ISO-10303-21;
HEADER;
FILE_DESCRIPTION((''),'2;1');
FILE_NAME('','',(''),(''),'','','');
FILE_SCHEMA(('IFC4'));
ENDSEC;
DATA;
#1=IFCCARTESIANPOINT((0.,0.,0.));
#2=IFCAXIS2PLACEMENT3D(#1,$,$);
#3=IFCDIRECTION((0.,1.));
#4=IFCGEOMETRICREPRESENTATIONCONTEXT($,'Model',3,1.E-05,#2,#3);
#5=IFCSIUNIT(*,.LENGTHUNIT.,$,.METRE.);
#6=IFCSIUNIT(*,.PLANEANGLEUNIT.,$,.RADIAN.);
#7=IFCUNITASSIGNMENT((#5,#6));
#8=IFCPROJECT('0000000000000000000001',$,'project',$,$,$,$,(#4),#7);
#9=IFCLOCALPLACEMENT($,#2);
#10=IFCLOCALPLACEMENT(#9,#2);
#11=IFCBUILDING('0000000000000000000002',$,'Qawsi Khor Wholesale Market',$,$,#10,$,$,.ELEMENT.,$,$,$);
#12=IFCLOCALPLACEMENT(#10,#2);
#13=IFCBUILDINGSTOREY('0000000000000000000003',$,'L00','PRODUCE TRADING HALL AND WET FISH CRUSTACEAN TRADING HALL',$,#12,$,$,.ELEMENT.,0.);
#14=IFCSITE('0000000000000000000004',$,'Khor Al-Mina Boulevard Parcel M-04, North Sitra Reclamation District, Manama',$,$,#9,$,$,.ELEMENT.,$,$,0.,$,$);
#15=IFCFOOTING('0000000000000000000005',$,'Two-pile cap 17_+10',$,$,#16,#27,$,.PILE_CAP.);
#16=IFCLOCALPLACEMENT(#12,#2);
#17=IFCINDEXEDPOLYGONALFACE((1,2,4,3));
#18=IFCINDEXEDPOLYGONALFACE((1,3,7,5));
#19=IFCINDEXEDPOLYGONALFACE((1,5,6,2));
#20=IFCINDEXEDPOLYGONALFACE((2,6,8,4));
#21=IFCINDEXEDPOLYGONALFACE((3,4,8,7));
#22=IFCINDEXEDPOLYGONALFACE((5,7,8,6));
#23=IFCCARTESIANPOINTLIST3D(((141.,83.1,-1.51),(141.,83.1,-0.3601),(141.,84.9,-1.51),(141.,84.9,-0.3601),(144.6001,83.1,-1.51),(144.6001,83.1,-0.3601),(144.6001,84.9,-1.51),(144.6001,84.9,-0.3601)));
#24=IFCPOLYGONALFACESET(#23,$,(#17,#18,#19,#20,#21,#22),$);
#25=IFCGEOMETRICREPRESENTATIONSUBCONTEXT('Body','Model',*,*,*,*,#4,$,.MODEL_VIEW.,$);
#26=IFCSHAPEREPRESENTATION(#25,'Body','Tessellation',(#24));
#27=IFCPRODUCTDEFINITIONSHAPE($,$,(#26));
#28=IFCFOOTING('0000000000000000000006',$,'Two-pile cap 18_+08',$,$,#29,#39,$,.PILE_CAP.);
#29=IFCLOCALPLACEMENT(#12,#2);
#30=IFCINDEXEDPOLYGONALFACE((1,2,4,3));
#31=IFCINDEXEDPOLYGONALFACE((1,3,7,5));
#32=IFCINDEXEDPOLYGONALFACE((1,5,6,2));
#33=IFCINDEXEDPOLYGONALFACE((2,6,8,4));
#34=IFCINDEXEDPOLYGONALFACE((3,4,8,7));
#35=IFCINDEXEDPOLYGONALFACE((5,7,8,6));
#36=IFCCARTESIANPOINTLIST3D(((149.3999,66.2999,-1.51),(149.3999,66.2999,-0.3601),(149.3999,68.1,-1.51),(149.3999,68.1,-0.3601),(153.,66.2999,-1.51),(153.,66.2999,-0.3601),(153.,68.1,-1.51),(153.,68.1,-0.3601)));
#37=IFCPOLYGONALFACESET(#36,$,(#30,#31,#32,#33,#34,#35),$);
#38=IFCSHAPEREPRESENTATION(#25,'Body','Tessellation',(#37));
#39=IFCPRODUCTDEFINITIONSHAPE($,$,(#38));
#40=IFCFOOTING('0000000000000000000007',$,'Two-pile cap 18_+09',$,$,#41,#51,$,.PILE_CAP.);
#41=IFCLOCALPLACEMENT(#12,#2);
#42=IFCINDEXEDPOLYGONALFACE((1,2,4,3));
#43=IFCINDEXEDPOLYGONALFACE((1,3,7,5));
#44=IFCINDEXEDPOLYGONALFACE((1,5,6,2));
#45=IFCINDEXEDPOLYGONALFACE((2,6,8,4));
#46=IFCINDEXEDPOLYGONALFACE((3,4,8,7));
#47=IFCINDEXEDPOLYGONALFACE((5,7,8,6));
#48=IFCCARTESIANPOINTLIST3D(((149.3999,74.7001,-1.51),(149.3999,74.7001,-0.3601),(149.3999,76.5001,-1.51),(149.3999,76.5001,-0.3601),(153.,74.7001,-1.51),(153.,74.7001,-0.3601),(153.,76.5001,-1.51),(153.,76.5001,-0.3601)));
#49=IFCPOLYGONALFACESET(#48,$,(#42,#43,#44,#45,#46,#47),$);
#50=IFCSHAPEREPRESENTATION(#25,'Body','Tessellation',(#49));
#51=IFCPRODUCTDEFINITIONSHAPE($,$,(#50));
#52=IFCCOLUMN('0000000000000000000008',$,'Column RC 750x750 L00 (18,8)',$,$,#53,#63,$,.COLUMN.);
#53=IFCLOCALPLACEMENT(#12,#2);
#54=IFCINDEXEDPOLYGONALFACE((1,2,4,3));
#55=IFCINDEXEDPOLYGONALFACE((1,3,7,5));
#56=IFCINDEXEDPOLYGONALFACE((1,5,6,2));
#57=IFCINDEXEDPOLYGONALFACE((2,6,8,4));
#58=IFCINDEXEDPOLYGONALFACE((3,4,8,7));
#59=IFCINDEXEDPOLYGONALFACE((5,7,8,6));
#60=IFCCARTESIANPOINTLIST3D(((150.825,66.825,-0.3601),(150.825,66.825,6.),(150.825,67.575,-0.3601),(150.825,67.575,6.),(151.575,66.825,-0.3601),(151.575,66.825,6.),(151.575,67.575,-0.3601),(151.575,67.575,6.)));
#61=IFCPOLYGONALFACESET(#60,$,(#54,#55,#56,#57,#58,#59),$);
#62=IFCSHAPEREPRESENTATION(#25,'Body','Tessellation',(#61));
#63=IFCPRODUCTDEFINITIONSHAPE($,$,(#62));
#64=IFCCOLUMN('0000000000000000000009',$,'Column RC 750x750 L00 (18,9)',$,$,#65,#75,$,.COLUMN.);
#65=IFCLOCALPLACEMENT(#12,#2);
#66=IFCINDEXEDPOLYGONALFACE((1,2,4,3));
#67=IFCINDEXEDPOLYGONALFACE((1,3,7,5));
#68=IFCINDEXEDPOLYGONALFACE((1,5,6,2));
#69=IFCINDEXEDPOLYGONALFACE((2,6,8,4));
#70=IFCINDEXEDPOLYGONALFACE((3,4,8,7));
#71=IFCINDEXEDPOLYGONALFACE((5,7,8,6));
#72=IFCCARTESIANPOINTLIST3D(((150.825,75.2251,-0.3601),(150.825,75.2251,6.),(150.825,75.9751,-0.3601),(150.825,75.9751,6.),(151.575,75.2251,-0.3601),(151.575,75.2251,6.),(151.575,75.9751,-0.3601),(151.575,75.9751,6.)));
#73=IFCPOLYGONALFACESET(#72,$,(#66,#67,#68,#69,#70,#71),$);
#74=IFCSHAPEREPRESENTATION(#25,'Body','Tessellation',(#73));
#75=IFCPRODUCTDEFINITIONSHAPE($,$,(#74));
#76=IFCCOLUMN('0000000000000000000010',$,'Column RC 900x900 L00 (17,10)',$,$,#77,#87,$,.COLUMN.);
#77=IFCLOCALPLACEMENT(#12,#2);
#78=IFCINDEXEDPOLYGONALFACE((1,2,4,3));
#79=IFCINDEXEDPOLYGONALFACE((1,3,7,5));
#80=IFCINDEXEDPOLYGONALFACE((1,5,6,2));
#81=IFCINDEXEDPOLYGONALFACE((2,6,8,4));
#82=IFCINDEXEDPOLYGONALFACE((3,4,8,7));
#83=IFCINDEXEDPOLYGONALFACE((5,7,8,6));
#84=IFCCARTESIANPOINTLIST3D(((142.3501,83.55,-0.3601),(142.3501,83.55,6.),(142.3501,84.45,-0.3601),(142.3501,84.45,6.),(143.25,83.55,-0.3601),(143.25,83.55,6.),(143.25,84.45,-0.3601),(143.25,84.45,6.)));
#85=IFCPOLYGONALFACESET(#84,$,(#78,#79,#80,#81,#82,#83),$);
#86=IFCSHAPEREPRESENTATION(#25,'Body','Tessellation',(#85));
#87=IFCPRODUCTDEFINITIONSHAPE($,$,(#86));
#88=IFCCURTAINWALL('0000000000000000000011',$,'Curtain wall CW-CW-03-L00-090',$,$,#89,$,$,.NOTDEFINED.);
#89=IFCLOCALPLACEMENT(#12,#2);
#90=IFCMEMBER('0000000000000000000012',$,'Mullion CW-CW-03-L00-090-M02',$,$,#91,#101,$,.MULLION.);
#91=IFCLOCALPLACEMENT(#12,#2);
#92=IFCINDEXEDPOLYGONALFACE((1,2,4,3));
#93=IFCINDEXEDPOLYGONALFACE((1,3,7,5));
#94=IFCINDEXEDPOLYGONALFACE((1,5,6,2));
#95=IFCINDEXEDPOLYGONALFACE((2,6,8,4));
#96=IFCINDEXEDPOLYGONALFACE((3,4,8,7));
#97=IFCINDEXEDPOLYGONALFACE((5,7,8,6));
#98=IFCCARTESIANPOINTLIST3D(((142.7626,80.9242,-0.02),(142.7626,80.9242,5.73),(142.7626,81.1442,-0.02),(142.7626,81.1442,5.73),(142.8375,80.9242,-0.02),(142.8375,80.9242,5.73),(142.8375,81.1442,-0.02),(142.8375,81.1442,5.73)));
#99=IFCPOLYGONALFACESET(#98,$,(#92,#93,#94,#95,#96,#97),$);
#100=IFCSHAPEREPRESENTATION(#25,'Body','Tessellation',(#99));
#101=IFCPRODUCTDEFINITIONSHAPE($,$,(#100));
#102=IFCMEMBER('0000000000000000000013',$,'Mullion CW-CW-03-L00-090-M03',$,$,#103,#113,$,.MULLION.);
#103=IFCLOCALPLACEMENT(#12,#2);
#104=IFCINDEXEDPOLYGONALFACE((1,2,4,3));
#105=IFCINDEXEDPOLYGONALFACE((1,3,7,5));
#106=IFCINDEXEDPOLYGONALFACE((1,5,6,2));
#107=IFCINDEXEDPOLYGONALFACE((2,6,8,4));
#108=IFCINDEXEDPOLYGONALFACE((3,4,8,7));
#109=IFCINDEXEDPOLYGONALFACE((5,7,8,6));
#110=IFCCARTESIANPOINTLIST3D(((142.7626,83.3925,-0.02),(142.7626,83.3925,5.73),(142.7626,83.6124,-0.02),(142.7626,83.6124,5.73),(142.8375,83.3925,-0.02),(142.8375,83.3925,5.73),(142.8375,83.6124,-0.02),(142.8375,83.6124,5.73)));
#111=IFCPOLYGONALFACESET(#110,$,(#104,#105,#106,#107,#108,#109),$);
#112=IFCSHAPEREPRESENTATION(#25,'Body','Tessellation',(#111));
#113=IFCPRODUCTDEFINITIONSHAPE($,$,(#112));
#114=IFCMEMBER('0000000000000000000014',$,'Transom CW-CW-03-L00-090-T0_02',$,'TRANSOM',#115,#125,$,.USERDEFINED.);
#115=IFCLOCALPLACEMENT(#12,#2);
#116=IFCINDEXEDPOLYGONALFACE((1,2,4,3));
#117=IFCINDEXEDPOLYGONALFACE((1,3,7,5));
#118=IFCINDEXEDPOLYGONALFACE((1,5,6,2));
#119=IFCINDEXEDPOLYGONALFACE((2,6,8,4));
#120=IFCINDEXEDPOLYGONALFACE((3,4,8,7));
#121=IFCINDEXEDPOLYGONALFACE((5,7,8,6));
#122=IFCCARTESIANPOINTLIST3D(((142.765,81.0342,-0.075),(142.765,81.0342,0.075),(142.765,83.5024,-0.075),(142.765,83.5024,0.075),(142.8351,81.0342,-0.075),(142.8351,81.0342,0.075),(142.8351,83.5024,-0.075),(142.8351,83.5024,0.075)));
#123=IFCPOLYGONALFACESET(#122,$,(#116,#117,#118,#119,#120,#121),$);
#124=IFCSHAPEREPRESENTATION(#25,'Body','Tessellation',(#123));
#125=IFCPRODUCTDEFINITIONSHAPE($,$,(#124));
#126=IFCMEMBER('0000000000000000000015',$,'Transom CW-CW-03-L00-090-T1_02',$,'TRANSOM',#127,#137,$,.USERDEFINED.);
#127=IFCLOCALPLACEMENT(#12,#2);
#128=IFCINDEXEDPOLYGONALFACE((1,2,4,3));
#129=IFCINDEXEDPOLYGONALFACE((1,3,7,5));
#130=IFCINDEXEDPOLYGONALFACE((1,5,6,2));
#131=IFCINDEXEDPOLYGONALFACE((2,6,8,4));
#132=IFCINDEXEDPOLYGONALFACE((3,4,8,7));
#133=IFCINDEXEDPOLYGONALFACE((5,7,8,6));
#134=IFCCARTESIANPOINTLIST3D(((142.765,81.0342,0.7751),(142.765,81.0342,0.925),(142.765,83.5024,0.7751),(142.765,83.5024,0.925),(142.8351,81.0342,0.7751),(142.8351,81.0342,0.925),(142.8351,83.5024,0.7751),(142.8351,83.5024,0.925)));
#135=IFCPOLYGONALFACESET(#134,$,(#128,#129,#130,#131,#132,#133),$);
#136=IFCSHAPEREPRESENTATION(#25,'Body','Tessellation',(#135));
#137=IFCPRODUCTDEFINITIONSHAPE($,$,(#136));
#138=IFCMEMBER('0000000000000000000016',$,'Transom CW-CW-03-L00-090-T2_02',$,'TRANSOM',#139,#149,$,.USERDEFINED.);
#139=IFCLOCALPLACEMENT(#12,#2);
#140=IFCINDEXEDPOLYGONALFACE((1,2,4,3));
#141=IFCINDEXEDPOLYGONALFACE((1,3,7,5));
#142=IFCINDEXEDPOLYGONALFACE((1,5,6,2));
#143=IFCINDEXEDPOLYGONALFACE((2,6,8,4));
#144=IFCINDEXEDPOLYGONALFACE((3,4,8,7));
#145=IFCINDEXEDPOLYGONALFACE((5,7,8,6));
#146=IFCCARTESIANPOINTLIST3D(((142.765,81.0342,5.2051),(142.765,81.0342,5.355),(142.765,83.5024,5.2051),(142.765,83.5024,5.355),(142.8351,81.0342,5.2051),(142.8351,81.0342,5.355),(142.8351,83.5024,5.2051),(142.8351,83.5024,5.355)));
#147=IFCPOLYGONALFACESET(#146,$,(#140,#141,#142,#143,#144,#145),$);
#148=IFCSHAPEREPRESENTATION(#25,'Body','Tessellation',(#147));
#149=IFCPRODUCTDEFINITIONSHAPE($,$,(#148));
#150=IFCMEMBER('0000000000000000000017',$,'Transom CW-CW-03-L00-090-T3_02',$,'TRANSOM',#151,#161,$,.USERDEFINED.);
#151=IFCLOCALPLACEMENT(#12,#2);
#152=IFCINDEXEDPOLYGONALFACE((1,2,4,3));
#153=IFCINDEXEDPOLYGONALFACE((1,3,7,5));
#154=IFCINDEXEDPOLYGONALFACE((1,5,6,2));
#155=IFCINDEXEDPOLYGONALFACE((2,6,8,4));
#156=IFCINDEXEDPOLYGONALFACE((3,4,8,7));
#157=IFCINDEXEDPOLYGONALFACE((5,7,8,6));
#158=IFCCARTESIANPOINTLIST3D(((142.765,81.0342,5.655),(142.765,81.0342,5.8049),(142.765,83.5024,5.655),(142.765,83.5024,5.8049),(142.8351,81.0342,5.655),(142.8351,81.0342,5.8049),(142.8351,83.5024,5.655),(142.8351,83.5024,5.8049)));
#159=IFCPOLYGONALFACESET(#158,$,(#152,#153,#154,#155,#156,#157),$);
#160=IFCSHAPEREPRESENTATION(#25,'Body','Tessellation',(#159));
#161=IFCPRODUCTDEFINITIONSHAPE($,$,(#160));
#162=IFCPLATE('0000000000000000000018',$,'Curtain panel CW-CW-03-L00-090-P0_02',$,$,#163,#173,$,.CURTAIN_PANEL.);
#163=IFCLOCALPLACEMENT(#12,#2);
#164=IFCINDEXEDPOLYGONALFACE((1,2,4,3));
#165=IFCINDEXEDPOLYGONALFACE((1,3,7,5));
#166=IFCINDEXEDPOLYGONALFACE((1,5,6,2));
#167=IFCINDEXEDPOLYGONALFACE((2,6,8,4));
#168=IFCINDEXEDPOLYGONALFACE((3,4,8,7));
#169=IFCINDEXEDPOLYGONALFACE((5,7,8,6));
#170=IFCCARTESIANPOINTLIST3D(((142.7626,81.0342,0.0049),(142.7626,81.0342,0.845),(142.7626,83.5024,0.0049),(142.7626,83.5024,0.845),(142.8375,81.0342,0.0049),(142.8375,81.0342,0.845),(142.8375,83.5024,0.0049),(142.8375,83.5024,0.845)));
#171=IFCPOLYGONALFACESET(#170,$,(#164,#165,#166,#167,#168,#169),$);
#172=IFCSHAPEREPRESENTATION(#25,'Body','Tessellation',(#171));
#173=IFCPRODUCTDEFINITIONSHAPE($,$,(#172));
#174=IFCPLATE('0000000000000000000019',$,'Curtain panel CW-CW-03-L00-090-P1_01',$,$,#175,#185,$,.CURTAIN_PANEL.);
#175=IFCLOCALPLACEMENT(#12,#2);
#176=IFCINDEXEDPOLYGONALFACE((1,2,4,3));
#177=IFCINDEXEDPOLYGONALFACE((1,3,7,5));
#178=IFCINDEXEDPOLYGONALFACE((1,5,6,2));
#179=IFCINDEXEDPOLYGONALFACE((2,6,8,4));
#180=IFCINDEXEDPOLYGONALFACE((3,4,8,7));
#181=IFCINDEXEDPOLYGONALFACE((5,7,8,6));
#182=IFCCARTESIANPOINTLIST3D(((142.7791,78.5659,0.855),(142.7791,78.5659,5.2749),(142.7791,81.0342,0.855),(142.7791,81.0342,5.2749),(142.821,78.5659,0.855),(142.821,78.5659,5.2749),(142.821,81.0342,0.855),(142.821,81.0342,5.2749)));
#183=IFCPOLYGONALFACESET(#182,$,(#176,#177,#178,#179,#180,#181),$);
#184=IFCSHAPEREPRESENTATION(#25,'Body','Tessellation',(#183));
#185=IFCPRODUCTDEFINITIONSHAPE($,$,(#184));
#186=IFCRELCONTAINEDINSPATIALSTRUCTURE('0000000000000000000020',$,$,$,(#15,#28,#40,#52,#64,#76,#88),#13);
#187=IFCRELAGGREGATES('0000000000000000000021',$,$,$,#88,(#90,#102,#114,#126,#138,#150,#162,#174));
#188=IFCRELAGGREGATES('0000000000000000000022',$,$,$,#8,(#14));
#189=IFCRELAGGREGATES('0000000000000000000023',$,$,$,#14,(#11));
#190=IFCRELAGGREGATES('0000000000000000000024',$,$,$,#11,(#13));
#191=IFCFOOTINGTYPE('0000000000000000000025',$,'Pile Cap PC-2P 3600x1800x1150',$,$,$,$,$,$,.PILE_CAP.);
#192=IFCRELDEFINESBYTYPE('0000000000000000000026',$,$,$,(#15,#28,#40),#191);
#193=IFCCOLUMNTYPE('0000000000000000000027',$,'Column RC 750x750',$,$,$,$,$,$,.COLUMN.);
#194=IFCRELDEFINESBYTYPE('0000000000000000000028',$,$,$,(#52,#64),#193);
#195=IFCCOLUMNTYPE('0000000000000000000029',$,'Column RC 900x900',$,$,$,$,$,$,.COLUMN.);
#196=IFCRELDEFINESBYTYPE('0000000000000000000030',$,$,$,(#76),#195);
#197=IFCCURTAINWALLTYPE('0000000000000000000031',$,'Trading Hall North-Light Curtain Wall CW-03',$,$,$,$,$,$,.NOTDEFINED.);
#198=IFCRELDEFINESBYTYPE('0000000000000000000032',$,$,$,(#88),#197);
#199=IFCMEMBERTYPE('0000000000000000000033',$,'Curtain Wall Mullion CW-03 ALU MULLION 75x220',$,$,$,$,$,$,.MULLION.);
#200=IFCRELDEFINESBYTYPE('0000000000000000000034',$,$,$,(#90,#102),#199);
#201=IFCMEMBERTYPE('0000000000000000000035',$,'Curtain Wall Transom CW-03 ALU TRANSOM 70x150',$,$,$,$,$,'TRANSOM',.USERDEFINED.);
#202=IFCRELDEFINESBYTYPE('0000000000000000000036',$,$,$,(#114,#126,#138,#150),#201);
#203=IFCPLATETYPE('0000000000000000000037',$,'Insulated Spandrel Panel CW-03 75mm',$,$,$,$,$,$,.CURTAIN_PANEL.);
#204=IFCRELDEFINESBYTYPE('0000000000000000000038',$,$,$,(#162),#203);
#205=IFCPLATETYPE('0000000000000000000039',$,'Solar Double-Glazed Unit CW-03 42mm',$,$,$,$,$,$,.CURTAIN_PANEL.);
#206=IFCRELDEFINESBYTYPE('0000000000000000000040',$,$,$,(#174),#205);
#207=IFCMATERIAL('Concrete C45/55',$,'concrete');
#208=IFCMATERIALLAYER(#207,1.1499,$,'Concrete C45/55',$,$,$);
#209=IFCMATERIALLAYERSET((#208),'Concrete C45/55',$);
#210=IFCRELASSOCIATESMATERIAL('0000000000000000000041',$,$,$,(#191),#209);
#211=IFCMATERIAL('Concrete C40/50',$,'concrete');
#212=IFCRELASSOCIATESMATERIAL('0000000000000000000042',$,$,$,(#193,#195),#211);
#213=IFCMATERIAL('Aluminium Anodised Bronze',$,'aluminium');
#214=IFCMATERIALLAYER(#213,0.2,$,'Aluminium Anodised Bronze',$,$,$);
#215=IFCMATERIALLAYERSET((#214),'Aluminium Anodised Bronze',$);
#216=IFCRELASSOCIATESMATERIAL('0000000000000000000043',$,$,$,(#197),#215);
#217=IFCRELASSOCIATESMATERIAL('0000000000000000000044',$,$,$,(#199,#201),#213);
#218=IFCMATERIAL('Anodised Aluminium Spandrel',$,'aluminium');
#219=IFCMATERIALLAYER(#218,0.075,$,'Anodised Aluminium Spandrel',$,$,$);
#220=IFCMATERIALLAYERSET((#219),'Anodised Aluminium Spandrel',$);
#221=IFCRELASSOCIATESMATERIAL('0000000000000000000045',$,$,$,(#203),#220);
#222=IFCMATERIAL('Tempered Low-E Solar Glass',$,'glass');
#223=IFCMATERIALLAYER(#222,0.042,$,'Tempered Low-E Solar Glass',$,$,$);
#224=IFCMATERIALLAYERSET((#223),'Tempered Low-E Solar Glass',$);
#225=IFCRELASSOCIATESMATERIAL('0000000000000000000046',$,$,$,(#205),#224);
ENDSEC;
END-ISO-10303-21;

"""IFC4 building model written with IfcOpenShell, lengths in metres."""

from ifc_helpers import new_model, si_unit, direction, frame, frame_2d, origin, origin_2d, place, context, subcontext, project, spatial, rectangle, extrude, material, layer, layer_set, material_profile, profile_set, type_object, element, aggregate, save


model = new_model("IFC4")

# Units and contexts
model_context = context("Model", 3, precision=1e-05, world=origin(), true_north=direction((0.0, 1.0)))
body_context = subcontext(model_context, "Body", "Model", "MODEL_VIEW")
ifc_project = project(units=[si_unit("LENGTHUNIT", "METRE"), si_unit("PLANEANGLEUNIT", "RADIAN")], contexts=[model_context])

# Site, building, storey
site_placement = place(None, origin())
site = spatial("IfcSite", under=ifc_project, at=site_placement, Name="Khor Al-Mina Boulevard Parcel M-04, North Sitra Reclamation District, Manama", CompositionType="ELEMENT", RefElevation=0.0)
building_placement = place(site_placement, origin())
building = spatial("IfcBuilding", under=site, at=building_placement, Name="Qawsi Khor Wholesale Market", CompositionType="ELEMENT")
storey_placement = place(building_placement, origin())
storey = spatial("IfcBuildingStorey", under=building, at=storey_placement, Name="L00", Description="PRODUCE TRADING HALL AND WET FISH CRUSTACEAN TRADING HALL", CompositionType="ELEMENT", Elevation=0.0)

# Shared definitions
ifc_material_1 = material(Name="Concrete C45/55", Category="concrete")

# Footings
ifc_layer_1 = layer(ifc_material_1, 1.1499, Name="Concrete C45/55")
ifc_layer_set_1 = layer_set([ifc_layer_1], Name="Concrete C45/55")
footing_type_1 = type_object("IfcFootingType", Name="Pile Cap PC-2P 3600x1800x1150", PredefinedType="PILE_CAP", material=ifc_layer_set_1)
for number, where, z_axis, x_axis, name in (
    (1, (142.8, 84.0, -1.51), (0.0, 0.0, 1.0), (1.0, 0.0, 0.0), "Two-pile cap 17_+10"),
    (2, (151.2, 67.2, -1.51), (0.0, 0.0, 1.0), (1.0, 0.0, 0.0), "Two-pile cap 18_+08"),
    (3, (151.2, 75.6001, -1.51), (0.0, 0.0, 1.0), (1.0, 0.0, 0.0), "Two-pile cap 18_+09"),
):
    element("IfcFooting", number, at=place(storey_placement, frame(where, z_axis=z_axis, x_axis=x_axis)), inside=storey, type_object=footing_type_1, Name=name, PredefinedType="PILE_CAP", context=body_context, shape_type="SweptSolid", body=[
        extrude(rectangle(XDim=3.6001, YDim=1.8, at=origin_2d()), origin(), (0.0, 0.0, 1.0), 1.1499),
    ])

# Columns
ifc_material_2 = material(Name="Concrete C40/50", Category="concrete")
ifc_material_profile_1 = material_profile(ifc_material_2, rectangle(XDim=0.75, YDim=0.75, at=origin_2d()), Name="RC 750x750")
ifc_profile_set_1 = profile_set([ifc_material_profile_1], Name="Concrete C40/50")
column_type_1 = type_object("IfcColumnType", Name="Column RC 750x750", PredefinedType="COLUMN", material=ifc_profile_set_1)
for number, where, z_axis, x_axis, name in (
    (4, (151.2, 67.2, -0.3601), (0.0, 0.0, 1.0), (1.0, 0.0, 0.0), "Column RC 750x750 L00 (18,8)"),
    (5, (151.2, 75.6001, -0.3601), (0.0, 0.0, 1.0), (1.0, 0.0, 0.0), "Column RC 750x750 L00 (18,9)"),
):
    element("IfcColumn", number, at=place(storey_placement, frame(where, z_axis=z_axis, x_axis=x_axis)), inside=storey, type_object=column_type_1, Name=name, PredefinedType="COLUMN", context=body_context, shape_type="SweptSolid", body=[
        extrude(rectangle(XDim=0.75, YDim=0.75, at=origin_2d()), origin(), (0.0, 0.0, 1.0), 6.3601),
    ])
ifc_material_profile_2 = material_profile(ifc_material_2, rectangle(XDim=0.8999, YDim=0.8999, at=origin_2d()), Name="RC 900x900")
ifc_profile_set_2 = profile_set([ifc_material_profile_2], Name="Concrete C40/50")
column_type_2 = type_object("IfcColumnType", Name="Column RC 900x900", PredefinedType="COLUMN", material=ifc_profile_set_2)
column_placement = place(storey_placement, frame((142.8, 84.0, -0.3601), z_axis=(0.0, 0.0, 1.0), x_axis=(1.0, 0.0, 0.0)))
element("IfcColumn", 6, at=column_placement, inside=storey, type_object=column_type_2, Name="Column RC 900x900 L00 (17,10)", PredefinedType="COLUMN", context=body_context, shape_type="SweptSolid", body=[
    extrude(rectangle(XDim=0.8999, YDim=0.8999, at=origin_2d()), origin(), (0.0, 0.0, 1.0), 6.3601),
])

# Curtain wall, members, plates
ifc_material_3 = material(Name="Aluminium Anodised Bronze", Category="aluminium")
ifc_layer_2 = layer(ifc_material_3, 0.2, Name="Aluminium Anodised Bronze")
ifc_layer_set_2 = layer_set([ifc_layer_2], Name="Aluminium Anodised Bronze")
curtain_wall_type = type_object("IfcCurtainWallType", Name="Trading Hall North-Light Curtain Wall CW-03", PredefinedType="NOTDEFINED", material=ifc_layer_set_2)
curtain_wall_placement = place(storey_placement, origin())
curtain_wall = element("IfcCurtainWall", 7, at=curtain_wall_placement, inside=storey, type_object=curtain_wall_type, Name="Curtain wall CW-CW-03-L00-090", PredefinedType="NOTDEFINED")
ifc_material_profile_3 = material_profile(ifc_material_3, rectangle(XDim=0.075, YDim=0.22, at=origin_2d()), Name="ALU MULLION 75x220")
ifc_profile_set_3 = profile_set([ifc_material_profile_3], Name="Aluminium Anodised Bronze")
member_type_1 = type_object("IfcMemberType", Name="Curtain Wall Mullion CW-03 ALU MULLION 75x220", PredefinedType="MULLION", material=ifc_profile_set_3)
member_1_placement = place(storey_placement, frame((142.8, 81.0342, -0.02), z_axis=(0.0, 0.0, 1.0), x_axis=(1.0, 0.0, 0.0)))
member_1 = element("IfcMember", 8, at=member_1_placement, type_object=member_type_1, Name="Mullion CW-CW-03-L00-090-M02", PredefinedType="MULLION", context=body_context, shape_type="SweptSolid", body=[
    extrude(rectangle(XDim=0.075, YDim=0.22, at=origin_2d()), origin(), (0.0, 0.0, 1.0), 5.75),
])
member_2_placement = place(storey_placement, frame((142.8, 83.5024, -0.02), z_axis=(0.0, 0.0, 1.0), x_axis=(1.0, 0.0, 0.0)))
member_2 = element("IfcMember", 9, at=member_2_placement, type_object=member_type_1, Name="Mullion CW-CW-03-L00-090-M03", PredefinedType="MULLION", context=body_context, shape_type="SweptSolid", body=[
    extrude(rectangle(XDim=0.075, YDim=0.22, at=origin_2d()), origin(), (0.0, 0.0, 1.0), 5.75),
])
ifc_material_profile_4 = material_profile(ifc_material_3, rectangle(XDim=0.0701, YDim=0.1499, at=origin_2d()), Name="ALU TRANSOM 70x150")
ifc_profile_set_4 = profile_set([ifc_material_profile_4], Name="Aluminium Anodised Bronze")
member_type_2 = type_object("IfcMemberType", Name="Curtain Wall Transom CW-03 ALU TRANSOM 70x150", ElementType="TRANSOM", PredefinedType="USERDEFINED", material=ifc_profile_set_4)
member_3_placement = place(storey_placement, frame((142.8, 81.0342, 0.0), z_axis=(0.0, 1.0, 0.0), x_axis=(-1.0, 0.0, 0.0)))
member_3 = element("IfcMember", 10, at=member_3_placement, type_object=member_type_2, Name="Transom CW-CW-03-L00-090-T0_02", ObjectType="TRANSOM", PredefinedType="USERDEFINED", context=body_context, shape_type="SweptSolid", body=[
    extrude(rectangle(XDim=0.0701, YDim=0.1499, at=origin_2d()), origin(), (0.0, 0.0, 1.0), 2.4683),
])
member_4_placement = place(storey_placement, frame((142.8, 81.0342, 0.8501), z_axis=(0.0, 1.0, 0.0), x_axis=(-1.0, 0.0, 0.0)))
member_4 = element("IfcMember", 11, at=member_4_placement, type_object=member_type_2, Name="Transom CW-CW-03-L00-090-T1_02", ObjectType="TRANSOM", PredefinedType="USERDEFINED", context=body_context, shape_type="SweptSolid", body=[
    extrude(rectangle(XDim=0.0701, YDim=0.1499, at=origin_2d()), origin(), (0.0, 0.0, 1.0), 2.4683),
])
member_5_placement = place(storey_placement, frame((142.8, 81.0342, 5.28), z_axis=(0.0, 1.0, 0.0), x_axis=(-1.0, 0.0, 0.0)))
member_5 = element("IfcMember", 12, at=member_5_placement, type_object=member_type_2, Name="Transom CW-CW-03-L00-090-T2_02", ObjectType="TRANSOM", PredefinedType="USERDEFINED", context=body_context, shape_type="SweptSolid", body=[
    extrude(rectangle(XDim=0.0701, YDim=0.1499, at=origin_2d()), origin(), (0.0, 0.0, 1.0), 2.4683),
])
member_6_placement = place(storey_placement, frame((142.8, 81.0342, 5.73), z_axis=(0.0, 1.0, 0.0), x_axis=(-1.0, 0.0, 0.0)))
member_6 = element("IfcMember", 13, at=member_6_placement, type_object=member_type_2, Name="Transom CW-CW-03-L00-090-T3_02", ObjectType="TRANSOM", PredefinedType="USERDEFINED", context=body_context, shape_type="SweptSolid", body=[
    extrude(rectangle(XDim=0.0701, YDim=0.1499, at=origin_2d()), origin(), (0.0, 0.0, 1.0), 2.4683),
])
ifc_material_4 = material(Name="Anodised Aluminium Spandrel", Category="aluminium")
ifc_layer_3 = layer(ifc_material_4, 0.075, Name="Anodised Aluminium Spandrel")
ifc_layer_set_3 = layer_set([ifc_layer_3], Name="Anodised Aluminium Spandrel")
plate_type_1 = type_object("IfcPlateType", Name="Insulated Spandrel Panel CW-03 75mm", PredefinedType="CURTAIN_PANEL", material=ifc_layer_set_3)
plate_1_placement = place(storey_placement, frame((142.8, 81.0342, 0.0049), z_axis=(0.0, 0.0, 1.0), x_axis=(0.0, 1.0, 0.0)))
plate_1 = element("IfcPlate", 14, at=plate_1_placement, type_object=plate_type_1, Name="Curtain panel CW-CW-03-L00-090-P0_02", PredefinedType="CURTAIN_PANEL", context=body_context, shape_type="SweptSolid", body=[
    extrude(rectangle(XDim=2.4683, YDim=0.075, at=frame_2d((1.2341, 0.0))), origin(), (0.0, 0.0, 1.0), 0.8401),
])
ifc_material_5 = material(Name="Tempered Low-E Solar Glass", Category="glass")
ifc_layer_4 = layer(ifc_material_5, 0.042, Name="Tempered Low-E Solar Glass")
ifc_layer_set_4 = layer_set([ifc_layer_4], Name="Tempered Low-E Solar Glass")
plate_type_2 = type_object("IfcPlateType", Name="Solar Double-Glazed Unit CW-03 42mm", PredefinedType="CURTAIN_PANEL", material=ifc_layer_set_4)
plate_2_placement = place(storey_placement, frame((142.8, 78.5659, 0.855), z_axis=(0.0, 0.0, 1.0), x_axis=(0.0, 1.0, 0.0)))
plate_2 = element("IfcPlate", 15, at=plate_2_placement, type_object=plate_type_2, Name="Curtain panel CW-CW-03-L00-090-P1_01", PredefinedType="CURTAIN_PANEL", context=body_context, shape_type="SweptSolid", body=[
    extrude(rectangle(XDim=2.4683, YDim=0.042, at=frame_2d((1.2341, 0.0))), origin(), (0.0, 0.0, 1.0), 4.4199),
])
aggregate(curtain_wall, [member_1, member_2, member_3, member_4, member_5, member_6, plate_1, plate_2])

save(model, "model.ifc")
